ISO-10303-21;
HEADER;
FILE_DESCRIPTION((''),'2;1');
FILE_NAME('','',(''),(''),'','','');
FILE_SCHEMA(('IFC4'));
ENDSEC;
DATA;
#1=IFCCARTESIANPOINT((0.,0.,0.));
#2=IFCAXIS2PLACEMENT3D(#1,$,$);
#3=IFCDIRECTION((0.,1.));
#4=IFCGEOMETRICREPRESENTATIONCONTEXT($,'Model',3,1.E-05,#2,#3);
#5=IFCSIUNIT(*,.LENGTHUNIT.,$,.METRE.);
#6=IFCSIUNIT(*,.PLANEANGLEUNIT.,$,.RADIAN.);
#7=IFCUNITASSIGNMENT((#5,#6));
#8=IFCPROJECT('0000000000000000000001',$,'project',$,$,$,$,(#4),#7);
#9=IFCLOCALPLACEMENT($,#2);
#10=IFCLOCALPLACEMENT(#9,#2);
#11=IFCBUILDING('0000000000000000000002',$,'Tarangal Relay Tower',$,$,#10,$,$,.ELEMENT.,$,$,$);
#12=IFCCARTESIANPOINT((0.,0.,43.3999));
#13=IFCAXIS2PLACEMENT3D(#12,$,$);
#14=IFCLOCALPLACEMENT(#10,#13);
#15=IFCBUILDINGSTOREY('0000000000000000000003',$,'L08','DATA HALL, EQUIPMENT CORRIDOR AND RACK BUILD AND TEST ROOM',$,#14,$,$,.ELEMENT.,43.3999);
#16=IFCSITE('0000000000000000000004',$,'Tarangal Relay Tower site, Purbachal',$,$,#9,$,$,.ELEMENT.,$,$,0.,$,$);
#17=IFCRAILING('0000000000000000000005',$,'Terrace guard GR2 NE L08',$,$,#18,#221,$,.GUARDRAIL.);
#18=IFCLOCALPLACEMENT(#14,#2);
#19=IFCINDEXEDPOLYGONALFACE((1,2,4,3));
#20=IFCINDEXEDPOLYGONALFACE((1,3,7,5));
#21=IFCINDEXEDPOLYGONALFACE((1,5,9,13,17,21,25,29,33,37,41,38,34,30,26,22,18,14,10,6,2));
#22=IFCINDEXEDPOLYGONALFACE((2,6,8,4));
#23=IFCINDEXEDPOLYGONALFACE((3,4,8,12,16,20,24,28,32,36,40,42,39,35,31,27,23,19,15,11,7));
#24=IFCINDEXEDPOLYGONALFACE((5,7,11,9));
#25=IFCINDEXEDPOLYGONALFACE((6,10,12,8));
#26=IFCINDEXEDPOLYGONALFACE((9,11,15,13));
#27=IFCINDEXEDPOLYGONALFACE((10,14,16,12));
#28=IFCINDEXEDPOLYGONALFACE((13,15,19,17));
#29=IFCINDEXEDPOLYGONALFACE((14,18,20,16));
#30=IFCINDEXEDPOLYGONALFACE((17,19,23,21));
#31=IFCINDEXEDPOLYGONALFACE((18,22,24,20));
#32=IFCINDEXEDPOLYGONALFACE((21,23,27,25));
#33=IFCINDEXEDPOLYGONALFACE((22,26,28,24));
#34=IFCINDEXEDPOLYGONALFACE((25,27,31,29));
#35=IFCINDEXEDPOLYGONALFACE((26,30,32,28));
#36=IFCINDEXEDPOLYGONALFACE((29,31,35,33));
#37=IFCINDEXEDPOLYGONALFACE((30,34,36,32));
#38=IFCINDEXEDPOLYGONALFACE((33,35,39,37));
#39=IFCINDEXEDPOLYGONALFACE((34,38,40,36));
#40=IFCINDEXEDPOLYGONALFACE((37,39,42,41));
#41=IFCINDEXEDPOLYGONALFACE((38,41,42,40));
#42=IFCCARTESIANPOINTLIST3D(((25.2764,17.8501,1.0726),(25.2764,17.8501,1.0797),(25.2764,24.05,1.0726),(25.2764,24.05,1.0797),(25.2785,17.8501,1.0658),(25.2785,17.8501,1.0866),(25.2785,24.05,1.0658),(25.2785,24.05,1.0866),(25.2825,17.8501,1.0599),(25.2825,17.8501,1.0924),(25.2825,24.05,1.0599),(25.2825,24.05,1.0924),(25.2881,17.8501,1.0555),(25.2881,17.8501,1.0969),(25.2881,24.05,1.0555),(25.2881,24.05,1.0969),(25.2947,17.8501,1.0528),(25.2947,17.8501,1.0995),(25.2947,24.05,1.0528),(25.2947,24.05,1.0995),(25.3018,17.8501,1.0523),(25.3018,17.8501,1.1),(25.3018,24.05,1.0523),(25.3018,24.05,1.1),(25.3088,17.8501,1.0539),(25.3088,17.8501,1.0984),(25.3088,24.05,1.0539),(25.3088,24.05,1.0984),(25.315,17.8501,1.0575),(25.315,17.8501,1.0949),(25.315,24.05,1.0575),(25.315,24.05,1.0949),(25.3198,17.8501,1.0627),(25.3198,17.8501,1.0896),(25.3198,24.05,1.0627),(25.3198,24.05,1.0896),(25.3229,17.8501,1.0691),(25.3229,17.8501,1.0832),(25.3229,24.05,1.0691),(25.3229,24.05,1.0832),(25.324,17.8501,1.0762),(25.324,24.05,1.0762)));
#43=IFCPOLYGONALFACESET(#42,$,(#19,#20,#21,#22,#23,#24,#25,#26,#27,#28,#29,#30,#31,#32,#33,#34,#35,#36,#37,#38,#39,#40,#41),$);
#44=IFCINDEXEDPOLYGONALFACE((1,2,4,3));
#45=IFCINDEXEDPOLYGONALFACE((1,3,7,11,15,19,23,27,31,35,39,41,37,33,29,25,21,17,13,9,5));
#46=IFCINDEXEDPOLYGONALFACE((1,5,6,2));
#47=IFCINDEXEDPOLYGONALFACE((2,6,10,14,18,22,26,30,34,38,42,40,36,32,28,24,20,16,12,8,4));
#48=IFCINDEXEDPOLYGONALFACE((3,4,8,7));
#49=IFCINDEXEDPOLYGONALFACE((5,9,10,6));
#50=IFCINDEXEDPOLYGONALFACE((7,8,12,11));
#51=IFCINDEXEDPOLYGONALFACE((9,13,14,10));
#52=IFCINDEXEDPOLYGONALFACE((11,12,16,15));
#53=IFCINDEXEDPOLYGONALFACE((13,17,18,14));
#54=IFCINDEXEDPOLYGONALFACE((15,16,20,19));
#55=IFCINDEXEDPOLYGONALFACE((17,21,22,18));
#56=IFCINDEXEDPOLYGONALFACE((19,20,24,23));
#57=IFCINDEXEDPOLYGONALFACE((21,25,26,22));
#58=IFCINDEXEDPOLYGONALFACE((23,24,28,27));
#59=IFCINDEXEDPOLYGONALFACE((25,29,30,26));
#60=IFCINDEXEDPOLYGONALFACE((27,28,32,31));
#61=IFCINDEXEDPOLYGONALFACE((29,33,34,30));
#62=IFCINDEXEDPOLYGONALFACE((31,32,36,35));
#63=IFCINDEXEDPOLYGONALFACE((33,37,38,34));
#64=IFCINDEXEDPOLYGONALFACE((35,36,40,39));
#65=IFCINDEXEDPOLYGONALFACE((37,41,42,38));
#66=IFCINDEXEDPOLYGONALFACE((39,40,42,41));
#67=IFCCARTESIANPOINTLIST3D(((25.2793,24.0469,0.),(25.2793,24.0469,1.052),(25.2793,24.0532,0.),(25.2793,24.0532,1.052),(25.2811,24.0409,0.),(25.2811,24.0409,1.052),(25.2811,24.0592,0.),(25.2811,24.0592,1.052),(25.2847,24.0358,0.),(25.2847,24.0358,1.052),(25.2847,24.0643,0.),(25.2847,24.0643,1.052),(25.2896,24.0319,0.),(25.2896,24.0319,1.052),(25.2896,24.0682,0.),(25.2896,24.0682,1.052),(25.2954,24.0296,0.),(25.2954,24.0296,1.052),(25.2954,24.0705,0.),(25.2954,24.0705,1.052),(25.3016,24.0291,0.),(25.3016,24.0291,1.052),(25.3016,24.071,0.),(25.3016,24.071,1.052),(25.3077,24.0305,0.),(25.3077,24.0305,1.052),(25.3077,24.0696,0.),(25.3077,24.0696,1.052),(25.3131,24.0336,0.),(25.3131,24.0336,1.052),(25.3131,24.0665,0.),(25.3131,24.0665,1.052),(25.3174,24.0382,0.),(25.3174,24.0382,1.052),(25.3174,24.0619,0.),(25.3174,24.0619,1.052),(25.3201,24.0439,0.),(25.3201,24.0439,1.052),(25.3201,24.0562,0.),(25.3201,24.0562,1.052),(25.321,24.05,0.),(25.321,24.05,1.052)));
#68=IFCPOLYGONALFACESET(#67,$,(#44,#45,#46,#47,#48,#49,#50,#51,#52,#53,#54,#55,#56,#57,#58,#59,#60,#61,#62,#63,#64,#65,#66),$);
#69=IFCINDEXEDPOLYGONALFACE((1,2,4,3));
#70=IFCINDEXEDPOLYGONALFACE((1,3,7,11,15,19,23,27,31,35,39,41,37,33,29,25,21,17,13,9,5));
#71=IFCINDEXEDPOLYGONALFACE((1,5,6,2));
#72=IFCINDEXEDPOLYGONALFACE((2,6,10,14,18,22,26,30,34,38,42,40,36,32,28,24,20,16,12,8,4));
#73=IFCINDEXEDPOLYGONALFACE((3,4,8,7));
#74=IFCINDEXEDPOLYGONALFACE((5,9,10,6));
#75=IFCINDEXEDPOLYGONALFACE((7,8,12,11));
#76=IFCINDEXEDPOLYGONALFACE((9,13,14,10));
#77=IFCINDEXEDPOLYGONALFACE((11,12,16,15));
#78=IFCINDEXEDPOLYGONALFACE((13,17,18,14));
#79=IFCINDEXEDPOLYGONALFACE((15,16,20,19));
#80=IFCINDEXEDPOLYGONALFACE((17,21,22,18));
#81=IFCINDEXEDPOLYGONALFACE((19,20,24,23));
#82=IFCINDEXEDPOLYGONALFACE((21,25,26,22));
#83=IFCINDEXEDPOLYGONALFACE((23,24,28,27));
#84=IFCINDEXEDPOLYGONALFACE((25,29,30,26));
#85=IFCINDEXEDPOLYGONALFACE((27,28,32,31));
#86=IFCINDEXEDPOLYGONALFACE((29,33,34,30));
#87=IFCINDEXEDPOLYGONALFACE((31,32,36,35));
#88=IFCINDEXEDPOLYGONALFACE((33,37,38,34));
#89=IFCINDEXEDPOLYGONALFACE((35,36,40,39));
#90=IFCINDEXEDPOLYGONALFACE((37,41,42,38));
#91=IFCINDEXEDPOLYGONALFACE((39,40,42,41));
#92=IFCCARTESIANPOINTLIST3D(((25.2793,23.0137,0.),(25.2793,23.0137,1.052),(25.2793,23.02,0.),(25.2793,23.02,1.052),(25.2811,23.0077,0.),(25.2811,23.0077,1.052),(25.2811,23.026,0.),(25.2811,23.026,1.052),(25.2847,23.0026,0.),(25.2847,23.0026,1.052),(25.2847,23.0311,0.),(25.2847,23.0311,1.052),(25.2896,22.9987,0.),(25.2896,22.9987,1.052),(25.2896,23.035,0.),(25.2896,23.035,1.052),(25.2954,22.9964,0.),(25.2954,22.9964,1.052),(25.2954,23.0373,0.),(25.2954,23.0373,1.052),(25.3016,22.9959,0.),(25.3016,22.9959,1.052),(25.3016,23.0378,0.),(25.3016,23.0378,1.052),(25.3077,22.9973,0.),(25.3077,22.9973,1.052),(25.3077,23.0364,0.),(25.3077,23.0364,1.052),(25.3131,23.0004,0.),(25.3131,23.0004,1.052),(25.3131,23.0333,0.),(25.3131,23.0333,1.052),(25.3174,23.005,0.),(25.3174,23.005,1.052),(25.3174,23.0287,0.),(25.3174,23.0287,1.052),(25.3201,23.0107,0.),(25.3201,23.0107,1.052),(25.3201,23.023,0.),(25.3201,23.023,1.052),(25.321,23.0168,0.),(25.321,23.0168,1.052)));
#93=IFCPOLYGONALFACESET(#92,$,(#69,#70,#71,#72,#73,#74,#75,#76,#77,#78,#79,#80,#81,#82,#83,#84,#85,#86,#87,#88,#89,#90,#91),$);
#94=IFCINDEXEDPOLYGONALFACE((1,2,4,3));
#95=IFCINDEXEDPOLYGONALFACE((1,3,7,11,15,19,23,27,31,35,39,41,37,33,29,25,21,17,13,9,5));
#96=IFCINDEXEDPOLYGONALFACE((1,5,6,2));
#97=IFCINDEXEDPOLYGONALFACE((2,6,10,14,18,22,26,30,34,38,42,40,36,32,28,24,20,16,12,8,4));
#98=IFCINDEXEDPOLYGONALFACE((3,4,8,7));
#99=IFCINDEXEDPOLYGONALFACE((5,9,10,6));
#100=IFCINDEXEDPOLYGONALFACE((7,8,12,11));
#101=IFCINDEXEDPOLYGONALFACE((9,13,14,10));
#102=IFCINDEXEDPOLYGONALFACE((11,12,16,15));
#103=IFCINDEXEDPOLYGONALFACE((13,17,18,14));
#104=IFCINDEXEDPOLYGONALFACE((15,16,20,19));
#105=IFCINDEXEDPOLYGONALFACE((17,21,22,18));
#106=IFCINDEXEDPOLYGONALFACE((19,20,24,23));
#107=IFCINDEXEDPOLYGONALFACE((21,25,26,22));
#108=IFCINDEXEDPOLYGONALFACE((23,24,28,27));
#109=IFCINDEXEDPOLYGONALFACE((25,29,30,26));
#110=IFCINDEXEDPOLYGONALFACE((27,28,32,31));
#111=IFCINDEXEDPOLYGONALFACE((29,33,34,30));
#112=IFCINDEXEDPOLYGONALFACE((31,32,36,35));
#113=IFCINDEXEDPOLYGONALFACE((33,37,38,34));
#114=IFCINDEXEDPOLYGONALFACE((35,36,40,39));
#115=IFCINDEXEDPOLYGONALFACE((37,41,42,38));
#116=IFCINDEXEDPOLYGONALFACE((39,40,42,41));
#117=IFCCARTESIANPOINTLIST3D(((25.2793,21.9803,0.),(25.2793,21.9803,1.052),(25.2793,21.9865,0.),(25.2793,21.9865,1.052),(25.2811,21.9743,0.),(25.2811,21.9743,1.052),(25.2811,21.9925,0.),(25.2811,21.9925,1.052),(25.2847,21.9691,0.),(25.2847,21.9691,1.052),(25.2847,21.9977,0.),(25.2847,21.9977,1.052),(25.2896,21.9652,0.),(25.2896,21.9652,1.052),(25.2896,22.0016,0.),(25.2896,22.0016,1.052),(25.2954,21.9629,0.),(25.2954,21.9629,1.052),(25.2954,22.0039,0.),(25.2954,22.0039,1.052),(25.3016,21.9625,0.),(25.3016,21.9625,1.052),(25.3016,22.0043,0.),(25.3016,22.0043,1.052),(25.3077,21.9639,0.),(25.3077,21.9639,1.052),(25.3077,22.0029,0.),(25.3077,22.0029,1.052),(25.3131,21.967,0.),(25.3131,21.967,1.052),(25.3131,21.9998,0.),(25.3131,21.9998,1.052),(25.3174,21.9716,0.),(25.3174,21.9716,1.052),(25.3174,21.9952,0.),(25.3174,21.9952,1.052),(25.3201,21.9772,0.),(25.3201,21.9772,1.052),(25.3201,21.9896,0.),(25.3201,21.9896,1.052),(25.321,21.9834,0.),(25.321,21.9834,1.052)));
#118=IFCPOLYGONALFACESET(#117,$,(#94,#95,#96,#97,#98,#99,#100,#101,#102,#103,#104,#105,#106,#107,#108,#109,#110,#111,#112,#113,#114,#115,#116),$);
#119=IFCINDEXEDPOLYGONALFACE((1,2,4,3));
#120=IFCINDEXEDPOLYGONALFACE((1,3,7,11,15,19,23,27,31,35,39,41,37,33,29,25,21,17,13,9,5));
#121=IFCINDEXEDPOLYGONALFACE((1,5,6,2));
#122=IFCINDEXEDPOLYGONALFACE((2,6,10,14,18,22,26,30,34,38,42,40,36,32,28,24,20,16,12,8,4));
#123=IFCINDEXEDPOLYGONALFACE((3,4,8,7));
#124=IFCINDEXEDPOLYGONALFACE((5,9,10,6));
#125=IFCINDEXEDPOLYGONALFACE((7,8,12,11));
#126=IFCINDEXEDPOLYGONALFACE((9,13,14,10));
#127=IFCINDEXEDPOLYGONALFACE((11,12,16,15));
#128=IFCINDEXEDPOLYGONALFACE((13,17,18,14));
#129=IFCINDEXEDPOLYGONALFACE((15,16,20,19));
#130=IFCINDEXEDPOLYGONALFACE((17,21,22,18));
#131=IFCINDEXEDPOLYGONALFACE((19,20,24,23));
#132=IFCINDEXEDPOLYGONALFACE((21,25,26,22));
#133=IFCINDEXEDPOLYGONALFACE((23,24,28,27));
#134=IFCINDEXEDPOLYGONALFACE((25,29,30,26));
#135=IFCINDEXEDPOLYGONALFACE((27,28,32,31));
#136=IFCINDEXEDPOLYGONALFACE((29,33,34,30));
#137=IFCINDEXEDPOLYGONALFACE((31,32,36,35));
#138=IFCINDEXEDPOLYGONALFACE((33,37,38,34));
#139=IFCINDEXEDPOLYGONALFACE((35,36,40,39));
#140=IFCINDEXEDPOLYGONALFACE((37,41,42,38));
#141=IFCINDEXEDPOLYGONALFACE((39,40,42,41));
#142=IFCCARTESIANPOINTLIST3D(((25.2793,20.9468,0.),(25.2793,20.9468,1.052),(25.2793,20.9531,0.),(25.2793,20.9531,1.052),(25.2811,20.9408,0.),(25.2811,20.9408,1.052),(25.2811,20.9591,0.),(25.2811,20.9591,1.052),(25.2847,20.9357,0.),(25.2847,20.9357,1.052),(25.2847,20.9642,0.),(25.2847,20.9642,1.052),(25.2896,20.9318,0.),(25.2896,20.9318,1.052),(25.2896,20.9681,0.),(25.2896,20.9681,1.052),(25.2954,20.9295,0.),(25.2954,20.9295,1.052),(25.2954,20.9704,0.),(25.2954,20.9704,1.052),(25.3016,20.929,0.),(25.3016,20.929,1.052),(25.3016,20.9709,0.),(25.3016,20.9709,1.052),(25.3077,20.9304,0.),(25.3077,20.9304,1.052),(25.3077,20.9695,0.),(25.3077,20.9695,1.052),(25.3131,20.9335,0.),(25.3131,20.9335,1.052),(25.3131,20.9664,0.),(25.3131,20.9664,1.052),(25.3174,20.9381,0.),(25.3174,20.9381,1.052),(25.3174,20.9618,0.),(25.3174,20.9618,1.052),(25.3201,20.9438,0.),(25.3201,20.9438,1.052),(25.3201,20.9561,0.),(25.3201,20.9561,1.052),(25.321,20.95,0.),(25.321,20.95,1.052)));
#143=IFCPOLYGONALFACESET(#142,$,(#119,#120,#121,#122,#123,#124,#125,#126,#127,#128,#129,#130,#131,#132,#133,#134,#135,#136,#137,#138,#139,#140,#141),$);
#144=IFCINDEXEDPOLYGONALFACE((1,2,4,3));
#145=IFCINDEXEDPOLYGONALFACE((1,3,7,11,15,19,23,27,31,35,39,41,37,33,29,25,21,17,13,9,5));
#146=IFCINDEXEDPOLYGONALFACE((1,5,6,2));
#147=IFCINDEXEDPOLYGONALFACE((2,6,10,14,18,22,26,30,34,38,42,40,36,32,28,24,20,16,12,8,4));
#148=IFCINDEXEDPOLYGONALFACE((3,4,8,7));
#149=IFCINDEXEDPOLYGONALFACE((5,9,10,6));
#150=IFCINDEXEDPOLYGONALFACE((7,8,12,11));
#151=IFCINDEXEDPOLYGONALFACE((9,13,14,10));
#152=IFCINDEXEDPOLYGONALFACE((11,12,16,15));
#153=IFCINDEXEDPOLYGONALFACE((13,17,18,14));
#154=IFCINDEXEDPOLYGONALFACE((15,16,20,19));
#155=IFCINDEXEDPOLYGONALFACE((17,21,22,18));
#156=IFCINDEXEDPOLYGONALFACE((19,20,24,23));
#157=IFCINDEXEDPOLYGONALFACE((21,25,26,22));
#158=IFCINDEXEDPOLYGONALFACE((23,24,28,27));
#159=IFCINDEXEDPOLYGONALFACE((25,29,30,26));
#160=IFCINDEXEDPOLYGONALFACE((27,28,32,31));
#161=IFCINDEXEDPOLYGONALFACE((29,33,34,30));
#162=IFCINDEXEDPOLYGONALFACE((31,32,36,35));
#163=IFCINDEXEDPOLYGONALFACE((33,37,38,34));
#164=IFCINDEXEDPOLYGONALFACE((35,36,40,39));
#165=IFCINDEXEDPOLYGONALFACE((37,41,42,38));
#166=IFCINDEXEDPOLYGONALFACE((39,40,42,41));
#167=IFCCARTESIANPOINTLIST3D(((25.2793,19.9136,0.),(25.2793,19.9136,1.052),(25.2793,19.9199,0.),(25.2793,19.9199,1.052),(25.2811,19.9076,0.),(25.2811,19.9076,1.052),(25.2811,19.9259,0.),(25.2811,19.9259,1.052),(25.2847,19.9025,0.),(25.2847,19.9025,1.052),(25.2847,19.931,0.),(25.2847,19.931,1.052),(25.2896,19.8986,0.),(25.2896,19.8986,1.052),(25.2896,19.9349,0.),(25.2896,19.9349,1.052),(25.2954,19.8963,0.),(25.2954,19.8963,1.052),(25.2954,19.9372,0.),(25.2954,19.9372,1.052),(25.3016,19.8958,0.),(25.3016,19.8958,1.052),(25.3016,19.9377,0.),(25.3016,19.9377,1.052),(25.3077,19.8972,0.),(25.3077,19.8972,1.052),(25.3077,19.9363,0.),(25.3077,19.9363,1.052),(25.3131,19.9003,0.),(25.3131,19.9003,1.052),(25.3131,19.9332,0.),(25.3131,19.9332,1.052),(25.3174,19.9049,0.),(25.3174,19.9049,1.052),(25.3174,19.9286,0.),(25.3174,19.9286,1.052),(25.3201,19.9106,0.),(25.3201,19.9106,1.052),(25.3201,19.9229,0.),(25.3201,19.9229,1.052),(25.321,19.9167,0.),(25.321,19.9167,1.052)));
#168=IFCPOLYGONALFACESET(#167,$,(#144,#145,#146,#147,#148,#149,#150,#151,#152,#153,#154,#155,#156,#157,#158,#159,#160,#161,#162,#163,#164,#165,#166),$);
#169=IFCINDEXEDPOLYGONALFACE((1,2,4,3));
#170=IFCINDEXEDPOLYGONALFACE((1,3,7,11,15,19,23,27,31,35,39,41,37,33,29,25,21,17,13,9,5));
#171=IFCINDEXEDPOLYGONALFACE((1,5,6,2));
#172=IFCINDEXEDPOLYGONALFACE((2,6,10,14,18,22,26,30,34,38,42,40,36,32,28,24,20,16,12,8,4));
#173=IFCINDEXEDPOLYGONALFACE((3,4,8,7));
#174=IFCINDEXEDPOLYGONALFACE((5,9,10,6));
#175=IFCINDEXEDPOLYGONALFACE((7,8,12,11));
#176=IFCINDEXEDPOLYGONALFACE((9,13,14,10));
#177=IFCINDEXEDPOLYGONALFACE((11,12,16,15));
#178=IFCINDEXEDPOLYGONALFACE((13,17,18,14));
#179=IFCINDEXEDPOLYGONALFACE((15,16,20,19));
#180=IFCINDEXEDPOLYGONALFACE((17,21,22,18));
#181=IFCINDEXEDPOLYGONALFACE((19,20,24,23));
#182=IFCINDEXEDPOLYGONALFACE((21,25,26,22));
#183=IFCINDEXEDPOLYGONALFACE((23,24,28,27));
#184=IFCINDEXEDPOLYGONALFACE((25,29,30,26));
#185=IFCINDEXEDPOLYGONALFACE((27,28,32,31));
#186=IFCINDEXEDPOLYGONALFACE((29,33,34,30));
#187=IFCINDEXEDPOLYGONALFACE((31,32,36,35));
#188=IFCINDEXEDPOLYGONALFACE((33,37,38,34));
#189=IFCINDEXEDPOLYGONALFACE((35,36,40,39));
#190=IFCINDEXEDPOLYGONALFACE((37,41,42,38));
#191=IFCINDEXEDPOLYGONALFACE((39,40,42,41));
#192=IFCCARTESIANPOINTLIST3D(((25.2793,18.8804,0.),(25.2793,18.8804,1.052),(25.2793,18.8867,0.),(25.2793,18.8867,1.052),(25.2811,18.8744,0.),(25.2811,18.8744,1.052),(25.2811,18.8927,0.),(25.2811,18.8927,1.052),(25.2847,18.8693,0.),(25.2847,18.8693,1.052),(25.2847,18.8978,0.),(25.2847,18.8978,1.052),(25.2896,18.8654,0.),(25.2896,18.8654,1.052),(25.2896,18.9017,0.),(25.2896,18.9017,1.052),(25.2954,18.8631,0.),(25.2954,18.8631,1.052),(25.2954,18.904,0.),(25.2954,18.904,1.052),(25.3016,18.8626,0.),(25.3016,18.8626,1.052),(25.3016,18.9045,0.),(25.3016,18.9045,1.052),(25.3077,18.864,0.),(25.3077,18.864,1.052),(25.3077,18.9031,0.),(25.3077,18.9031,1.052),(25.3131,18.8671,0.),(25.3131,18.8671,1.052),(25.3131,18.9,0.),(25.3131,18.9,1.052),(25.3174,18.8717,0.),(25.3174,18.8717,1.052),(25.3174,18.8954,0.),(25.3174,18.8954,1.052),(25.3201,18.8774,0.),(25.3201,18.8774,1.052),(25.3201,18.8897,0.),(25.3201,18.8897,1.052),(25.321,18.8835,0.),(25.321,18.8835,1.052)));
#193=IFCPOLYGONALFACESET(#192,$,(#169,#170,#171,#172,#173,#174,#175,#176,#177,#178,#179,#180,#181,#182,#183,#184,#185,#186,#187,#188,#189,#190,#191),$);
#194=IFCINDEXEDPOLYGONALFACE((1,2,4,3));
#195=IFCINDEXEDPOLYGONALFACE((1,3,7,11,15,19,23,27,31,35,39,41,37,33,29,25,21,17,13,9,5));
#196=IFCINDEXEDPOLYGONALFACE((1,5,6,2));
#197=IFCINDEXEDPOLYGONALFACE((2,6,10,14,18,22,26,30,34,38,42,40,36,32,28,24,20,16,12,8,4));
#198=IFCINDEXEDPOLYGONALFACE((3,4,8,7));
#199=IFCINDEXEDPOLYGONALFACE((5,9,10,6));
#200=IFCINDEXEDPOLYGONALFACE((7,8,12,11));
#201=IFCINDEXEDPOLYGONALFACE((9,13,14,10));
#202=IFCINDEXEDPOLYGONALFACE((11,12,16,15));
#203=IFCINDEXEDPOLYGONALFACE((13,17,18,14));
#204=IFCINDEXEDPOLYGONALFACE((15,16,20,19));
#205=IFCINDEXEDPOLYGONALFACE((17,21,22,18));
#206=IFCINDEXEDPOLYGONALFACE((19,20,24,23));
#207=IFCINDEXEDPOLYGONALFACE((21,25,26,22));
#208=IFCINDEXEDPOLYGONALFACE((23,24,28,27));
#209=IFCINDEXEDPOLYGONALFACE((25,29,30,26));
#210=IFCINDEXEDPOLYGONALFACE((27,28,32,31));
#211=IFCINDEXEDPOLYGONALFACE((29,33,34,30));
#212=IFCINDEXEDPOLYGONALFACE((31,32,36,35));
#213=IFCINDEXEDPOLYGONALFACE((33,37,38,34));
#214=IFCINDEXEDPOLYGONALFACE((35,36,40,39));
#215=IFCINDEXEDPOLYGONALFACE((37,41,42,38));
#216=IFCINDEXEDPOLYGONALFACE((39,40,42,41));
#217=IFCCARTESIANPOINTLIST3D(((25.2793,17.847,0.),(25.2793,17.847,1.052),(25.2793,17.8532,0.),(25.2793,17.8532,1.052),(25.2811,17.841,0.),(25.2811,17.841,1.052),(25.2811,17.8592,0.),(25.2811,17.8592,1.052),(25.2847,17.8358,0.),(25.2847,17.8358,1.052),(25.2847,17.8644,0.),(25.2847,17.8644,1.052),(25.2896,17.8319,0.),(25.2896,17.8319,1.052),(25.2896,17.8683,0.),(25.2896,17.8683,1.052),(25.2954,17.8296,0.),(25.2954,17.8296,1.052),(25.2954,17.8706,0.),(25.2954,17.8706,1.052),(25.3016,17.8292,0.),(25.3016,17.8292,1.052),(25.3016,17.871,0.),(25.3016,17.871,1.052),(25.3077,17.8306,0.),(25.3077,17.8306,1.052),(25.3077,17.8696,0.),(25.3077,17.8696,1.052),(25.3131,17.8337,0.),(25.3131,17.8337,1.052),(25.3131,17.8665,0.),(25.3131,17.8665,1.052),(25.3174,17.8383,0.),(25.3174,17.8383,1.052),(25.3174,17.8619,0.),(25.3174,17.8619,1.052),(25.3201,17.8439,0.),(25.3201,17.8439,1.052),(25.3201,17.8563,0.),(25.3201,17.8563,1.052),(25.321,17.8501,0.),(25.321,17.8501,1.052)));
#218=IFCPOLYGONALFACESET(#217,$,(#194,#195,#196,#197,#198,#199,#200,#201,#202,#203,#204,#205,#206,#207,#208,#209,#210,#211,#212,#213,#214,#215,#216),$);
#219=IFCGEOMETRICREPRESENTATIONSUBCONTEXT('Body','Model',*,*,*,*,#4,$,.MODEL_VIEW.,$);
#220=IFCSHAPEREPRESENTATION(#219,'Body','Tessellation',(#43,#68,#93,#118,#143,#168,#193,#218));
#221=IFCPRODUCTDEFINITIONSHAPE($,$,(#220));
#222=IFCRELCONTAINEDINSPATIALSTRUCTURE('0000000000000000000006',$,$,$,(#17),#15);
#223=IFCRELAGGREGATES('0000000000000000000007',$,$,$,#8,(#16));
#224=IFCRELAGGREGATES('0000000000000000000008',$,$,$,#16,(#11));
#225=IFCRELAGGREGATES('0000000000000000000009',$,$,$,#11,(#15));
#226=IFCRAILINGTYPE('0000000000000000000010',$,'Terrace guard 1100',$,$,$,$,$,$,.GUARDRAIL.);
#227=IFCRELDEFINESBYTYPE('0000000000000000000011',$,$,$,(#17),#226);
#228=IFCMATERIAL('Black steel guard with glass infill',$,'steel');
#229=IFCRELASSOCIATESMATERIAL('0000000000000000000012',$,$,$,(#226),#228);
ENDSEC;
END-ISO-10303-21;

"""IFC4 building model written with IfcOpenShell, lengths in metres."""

from ifc_helpers import new_model, si_unit, direction, frame, origin, origin_2d, place, context, subcontext, project, spatial, circle, extrude, material, type_object, element, save


model = new_model("IFC4")

# Units and contexts
model_context = context("Model", 3, precision=1e-05, world=origin(), true_north=direction((0.0, 1.0)))
body_context = subcontext(model_context, "Body", "Model", "MODEL_VIEW")
ifc_project = project(units=[si_unit("LENGTHUNIT", "METRE"), si_unit("PLANEANGLEUNIT", "RADIAN")], contexts=[model_context])

# Site, building, storey
site_placement = place(None, origin())
site = spatial("IfcSite", under=ifc_project, at=site_placement, Name="Tarangal Relay Tower site, Purbachal", CompositionType="ELEMENT", RefElevation=0.0)
building_placement = place(site_placement, origin())
building = spatial("IfcBuilding", under=site, at=building_placement, Name="Tarangal Relay Tower", CompositionType="ELEMENT")
storey_placement = place(building_placement, frame((0.0, 0.0, 43.3999)))
storey = spatial("IfcBuildingStorey", under=building, at=storey_placement, Name="L08", Description="DATA HALL, EQUIPMENT CORRIDOR AND RACK BUILD AND TEST ROOM", CompositionType="ELEMENT", Elevation=43.3999)

# Railing
ifc_material_1 = material(Name="Black steel guard with glass infill", Category="steel")
railing_type_1 = type_object("IfcRailingType", Name="Terrace guard 1100", PredefinedType="GUARDRAIL", material=ifc_material_1)
railing_1_placement = place(storey_placement, frame((25.3, 24.05, 0.0)))
element("IfcRailing", 1, at=railing_1_placement, inside=storey, type_object=railing_type_1, Name="Terrace guard GR2 NE L08", PredefinedType="GUARDRAIL", context=body_context, shape_type="SweptSolid", body=[
    extrude(circle(Radius=0.0239, at=origin_2d()), frame((0.0, 0.0, 1.0762), z_axis=(0.0, -1.0, 0.0), x_axis=(1.0, 0.0, 0.0)), (0.0, 0.0, 1.0), 6.2),
    extrude(circle(Radius=0.021, at=origin_2d()), origin(), (0.0, 0.0, 1.0), 1.052),
    extrude(circle(Radius=0.021, at=origin_2d()), frame((0.0, -1.0332, 0.0)), (0.0, 0.0, 1.0), 1.052),
    extrude(circle(Radius=0.021, at=origin_2d()), frame((0.0, -2.0667, 0.0)), (0.0, 0.0, 1.0), 1.052),
    extrude(circle(Radius=0.021, at=origin_2d()), frame((0.0, -3.1001, 0.0)), (0.0, 0.0, 1.0), 1.052),
    extrude(circle(Radius=0.021, at=origin_2d()), frame((0.0, -4.1333, 0.0)), (0.0, 0.0, 1.0), 1.052),
    extrude(circle(Radius=0.021, at=origin_2d()), frame((0.0, -5.1665, 0.0)), (0.0, 0.0, 1.0), 1.052),
    extrude(circle(Radius=0.021, at=origin_2d()), frame((0.0, -6.2, 0.0)), (0.0, 0.0, 1.0), 1.052),
])

save(model, "model.ifc")
